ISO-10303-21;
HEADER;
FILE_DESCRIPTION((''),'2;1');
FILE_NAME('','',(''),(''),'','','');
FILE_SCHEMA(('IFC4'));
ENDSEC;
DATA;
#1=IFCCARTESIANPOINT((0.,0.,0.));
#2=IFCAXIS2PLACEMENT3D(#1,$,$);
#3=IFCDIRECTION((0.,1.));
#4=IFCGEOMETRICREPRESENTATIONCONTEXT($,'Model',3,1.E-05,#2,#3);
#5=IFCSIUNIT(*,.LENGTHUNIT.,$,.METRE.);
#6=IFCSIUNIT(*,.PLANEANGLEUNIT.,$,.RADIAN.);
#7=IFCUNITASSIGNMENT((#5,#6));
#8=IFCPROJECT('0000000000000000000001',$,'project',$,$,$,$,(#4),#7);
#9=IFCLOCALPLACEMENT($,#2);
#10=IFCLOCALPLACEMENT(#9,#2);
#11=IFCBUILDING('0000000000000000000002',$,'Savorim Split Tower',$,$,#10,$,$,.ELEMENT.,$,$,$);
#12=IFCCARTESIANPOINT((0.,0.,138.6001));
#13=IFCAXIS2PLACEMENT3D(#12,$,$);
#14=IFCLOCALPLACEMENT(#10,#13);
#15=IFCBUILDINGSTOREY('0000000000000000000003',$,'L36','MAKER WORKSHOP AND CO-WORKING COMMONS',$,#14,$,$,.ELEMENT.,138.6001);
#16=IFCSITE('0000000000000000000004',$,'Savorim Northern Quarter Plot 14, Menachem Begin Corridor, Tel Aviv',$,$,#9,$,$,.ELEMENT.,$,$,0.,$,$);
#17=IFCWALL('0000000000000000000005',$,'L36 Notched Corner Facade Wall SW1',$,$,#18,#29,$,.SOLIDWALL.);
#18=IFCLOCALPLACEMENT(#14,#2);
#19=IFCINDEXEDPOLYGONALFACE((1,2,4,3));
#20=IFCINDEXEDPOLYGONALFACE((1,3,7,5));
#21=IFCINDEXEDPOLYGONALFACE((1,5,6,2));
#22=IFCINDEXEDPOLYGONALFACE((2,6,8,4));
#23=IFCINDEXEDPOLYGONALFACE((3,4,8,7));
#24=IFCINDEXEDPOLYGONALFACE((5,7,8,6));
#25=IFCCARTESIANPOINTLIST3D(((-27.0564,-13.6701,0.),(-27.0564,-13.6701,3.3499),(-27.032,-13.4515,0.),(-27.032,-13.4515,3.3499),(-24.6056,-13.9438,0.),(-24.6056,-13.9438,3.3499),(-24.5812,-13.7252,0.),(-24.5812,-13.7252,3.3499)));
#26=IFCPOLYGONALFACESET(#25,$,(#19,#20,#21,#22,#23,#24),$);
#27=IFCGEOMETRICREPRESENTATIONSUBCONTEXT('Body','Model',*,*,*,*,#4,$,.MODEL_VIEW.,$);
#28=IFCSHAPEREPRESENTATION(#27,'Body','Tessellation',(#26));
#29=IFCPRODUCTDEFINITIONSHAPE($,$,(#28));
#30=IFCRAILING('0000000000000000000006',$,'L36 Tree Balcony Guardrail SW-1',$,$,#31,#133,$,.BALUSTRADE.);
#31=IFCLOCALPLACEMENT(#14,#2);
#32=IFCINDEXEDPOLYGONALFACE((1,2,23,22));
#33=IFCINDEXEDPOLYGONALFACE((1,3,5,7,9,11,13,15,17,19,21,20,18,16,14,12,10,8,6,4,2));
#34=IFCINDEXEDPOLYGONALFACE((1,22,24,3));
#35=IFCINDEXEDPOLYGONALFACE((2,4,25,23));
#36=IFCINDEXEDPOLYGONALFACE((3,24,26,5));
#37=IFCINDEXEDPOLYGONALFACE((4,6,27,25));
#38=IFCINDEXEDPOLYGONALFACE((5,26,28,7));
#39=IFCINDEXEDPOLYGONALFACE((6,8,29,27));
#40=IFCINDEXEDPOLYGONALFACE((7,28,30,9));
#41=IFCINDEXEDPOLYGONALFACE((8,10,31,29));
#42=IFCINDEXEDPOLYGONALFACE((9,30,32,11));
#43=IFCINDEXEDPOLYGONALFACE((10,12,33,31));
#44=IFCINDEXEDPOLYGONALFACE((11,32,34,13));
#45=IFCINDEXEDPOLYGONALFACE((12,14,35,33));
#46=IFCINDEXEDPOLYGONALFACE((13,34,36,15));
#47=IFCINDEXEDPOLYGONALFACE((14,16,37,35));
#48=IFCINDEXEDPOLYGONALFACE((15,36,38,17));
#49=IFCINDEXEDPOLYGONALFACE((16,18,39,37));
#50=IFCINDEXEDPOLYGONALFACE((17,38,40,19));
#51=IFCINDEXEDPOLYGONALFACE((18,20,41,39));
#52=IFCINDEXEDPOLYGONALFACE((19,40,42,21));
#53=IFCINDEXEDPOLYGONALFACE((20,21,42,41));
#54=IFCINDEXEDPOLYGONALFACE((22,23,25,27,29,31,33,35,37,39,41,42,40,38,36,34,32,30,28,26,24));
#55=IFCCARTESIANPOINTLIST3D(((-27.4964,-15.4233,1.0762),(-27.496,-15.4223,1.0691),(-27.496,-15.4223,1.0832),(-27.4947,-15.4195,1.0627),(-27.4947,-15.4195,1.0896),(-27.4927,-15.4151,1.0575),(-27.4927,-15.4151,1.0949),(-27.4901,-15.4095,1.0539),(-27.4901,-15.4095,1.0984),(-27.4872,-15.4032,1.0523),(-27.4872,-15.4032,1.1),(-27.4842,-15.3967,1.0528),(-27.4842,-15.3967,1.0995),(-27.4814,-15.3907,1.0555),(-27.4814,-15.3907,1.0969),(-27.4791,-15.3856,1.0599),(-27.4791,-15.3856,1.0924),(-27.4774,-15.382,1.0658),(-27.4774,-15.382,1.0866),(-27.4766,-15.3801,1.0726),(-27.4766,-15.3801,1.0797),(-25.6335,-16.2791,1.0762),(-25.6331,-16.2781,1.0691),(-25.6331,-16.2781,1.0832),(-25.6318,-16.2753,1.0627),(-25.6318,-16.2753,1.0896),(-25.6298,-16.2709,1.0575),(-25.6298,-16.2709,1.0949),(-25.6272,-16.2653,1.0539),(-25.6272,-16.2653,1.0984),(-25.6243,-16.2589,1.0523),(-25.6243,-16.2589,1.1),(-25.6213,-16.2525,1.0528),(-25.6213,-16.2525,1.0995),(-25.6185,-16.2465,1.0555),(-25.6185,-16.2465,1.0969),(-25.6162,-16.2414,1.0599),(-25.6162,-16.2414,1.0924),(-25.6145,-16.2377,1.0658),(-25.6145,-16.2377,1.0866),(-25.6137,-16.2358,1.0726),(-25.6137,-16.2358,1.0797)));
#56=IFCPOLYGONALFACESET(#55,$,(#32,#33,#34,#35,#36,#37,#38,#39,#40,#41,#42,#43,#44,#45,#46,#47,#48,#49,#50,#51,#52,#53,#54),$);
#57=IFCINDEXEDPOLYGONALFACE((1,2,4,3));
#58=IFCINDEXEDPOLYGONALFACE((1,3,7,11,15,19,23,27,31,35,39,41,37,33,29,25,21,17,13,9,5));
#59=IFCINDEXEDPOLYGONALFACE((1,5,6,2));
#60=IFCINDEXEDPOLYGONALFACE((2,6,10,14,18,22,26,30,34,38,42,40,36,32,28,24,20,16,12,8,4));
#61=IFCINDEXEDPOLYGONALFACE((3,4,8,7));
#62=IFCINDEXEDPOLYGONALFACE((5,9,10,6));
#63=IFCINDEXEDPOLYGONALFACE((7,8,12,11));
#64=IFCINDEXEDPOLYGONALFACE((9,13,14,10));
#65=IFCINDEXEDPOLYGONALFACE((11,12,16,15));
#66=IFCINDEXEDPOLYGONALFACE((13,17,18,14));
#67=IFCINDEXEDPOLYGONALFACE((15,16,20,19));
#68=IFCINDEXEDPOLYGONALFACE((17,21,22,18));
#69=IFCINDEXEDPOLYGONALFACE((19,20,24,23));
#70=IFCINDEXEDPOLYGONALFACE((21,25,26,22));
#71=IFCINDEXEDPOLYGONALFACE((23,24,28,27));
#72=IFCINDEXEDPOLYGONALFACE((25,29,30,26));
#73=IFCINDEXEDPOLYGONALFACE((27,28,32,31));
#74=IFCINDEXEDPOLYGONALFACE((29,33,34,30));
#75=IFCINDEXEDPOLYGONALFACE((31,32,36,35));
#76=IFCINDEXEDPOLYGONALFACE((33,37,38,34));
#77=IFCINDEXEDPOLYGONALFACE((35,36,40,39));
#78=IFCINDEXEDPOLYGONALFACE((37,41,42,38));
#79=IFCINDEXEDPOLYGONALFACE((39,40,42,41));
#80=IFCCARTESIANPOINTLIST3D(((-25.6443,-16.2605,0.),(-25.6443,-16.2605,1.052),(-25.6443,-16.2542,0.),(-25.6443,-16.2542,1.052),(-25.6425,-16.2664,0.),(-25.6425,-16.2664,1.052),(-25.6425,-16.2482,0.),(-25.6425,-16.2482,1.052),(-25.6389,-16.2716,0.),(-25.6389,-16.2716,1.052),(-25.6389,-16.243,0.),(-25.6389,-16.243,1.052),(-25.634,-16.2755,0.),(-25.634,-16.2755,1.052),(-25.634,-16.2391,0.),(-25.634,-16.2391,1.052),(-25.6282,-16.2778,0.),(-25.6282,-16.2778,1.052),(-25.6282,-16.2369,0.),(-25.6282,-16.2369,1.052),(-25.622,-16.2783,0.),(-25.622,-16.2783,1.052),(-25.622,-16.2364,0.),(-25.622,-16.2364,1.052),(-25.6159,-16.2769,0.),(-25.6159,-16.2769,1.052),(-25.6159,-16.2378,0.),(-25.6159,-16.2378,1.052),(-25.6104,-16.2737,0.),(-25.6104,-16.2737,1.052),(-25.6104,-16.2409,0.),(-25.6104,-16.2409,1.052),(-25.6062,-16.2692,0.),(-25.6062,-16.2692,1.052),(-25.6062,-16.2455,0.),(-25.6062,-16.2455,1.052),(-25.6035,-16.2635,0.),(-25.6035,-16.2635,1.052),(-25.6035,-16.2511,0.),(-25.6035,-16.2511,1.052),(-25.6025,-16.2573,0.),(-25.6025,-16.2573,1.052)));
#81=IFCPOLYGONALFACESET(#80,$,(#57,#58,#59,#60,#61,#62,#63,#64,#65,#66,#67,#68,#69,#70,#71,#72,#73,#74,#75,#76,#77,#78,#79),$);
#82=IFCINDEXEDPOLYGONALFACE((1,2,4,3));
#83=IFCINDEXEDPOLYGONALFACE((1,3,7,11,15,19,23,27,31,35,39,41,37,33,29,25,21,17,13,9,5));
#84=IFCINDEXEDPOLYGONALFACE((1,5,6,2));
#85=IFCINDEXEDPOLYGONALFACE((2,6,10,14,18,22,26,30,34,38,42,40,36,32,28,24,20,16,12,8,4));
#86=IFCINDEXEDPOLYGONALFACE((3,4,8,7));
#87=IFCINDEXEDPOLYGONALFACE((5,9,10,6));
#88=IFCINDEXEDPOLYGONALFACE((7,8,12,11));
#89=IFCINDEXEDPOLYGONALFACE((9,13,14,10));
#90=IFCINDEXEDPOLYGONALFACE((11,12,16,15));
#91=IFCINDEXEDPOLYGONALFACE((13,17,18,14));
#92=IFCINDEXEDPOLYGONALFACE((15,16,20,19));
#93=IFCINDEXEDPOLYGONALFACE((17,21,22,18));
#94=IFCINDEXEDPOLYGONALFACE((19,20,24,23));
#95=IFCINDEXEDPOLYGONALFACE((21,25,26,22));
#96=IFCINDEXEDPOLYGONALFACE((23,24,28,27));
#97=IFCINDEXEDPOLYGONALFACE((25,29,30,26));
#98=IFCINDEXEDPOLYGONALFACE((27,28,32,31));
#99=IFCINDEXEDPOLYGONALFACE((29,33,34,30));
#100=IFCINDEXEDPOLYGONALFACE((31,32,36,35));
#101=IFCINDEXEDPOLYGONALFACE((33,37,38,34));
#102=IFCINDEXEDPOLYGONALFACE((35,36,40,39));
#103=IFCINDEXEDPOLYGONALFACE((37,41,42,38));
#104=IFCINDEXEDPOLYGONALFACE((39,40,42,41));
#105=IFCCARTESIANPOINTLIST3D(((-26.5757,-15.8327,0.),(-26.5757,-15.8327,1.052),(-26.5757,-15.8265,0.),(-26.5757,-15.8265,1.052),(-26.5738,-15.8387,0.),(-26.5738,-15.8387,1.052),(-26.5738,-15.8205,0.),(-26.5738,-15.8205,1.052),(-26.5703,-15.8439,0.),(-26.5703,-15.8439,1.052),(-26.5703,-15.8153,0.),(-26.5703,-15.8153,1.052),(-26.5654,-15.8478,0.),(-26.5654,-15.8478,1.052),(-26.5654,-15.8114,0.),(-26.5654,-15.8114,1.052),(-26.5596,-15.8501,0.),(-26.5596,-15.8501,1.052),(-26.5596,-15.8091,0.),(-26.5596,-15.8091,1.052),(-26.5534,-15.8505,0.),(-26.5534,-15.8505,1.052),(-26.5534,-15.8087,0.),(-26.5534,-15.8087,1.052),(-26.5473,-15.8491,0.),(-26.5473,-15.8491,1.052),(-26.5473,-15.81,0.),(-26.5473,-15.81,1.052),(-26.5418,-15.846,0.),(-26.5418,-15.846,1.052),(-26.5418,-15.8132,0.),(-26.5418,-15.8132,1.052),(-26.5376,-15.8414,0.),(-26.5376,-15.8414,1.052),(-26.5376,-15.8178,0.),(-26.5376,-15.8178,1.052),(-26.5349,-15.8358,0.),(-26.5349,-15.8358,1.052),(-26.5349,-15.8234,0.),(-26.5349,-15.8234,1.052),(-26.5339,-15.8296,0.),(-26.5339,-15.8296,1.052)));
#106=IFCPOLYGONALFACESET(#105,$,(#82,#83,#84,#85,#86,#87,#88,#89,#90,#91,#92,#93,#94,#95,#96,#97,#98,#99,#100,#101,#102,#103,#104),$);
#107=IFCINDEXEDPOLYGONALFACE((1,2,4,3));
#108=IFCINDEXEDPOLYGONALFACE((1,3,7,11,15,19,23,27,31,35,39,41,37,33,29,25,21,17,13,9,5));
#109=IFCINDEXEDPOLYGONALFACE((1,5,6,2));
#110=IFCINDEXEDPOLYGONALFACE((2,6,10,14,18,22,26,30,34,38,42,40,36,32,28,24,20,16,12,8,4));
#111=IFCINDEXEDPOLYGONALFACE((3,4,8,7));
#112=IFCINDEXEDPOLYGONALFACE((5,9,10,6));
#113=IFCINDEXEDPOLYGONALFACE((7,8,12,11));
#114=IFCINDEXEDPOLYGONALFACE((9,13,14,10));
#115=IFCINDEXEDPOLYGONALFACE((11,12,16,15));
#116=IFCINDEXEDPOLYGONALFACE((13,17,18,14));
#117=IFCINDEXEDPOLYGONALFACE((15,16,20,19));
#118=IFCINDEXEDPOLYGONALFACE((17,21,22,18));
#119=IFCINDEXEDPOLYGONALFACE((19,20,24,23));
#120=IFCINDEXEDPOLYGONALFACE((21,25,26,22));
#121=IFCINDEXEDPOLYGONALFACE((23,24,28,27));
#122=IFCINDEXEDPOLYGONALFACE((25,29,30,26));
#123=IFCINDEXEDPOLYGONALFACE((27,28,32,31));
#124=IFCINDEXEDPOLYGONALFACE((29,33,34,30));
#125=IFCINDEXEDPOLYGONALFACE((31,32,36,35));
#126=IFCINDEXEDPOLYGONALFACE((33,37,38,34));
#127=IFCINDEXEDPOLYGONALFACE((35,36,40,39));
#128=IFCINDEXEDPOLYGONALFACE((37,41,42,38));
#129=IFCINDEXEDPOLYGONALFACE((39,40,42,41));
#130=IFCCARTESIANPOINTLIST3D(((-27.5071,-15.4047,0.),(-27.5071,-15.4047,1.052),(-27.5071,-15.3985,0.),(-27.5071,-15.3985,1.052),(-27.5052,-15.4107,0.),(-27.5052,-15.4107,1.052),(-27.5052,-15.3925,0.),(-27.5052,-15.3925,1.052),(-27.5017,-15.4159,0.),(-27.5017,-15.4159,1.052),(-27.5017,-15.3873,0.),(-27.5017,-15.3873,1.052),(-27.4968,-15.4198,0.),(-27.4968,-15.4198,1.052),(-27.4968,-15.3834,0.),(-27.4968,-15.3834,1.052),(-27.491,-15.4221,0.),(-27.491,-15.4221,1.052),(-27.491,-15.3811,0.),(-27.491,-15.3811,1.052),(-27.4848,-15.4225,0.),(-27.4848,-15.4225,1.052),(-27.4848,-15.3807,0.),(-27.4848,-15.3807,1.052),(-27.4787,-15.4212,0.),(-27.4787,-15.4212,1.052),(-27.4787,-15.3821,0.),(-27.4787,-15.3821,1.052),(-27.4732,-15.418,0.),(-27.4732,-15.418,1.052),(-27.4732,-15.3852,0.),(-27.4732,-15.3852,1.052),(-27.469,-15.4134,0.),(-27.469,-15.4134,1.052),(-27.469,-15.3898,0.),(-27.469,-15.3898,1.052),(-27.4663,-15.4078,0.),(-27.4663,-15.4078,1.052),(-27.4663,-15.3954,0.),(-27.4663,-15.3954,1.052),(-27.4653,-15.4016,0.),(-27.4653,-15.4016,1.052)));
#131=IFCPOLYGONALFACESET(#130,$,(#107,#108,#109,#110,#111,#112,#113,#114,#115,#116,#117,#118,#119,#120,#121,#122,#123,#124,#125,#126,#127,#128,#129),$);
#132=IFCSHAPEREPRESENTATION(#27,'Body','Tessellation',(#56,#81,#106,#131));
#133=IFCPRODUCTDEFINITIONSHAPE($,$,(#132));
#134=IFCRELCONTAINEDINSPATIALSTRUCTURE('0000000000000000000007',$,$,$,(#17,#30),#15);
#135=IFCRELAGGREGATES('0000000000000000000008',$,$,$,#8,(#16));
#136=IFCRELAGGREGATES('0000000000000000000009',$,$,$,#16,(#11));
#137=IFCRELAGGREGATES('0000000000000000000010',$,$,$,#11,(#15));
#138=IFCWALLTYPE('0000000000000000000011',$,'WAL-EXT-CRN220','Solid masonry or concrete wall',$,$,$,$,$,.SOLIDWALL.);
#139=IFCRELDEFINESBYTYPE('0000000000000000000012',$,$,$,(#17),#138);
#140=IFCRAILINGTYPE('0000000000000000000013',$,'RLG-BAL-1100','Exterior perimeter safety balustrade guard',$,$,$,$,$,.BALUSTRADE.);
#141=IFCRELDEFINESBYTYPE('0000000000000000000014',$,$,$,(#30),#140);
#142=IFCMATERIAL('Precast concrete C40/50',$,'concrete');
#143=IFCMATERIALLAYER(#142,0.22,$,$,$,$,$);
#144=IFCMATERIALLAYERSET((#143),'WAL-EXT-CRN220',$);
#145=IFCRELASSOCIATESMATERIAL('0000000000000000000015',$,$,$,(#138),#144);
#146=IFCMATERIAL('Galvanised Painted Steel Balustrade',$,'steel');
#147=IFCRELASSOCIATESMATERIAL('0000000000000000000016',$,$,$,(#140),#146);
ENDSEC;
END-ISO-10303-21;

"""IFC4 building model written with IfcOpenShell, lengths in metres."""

from ifc_helpers import new_model, si_unit, direction, frame, frame_2d, origin, origin_2d, place, context, subcontext, project, spatial, rectangle, circle, extrude, material, layer, layer_set, type_object, element, save


model = new_model("IFC4")

# Units and contexts
model_context = context("Model", 3, precision=1e-05, world=origin(), true_north=direction((0.0, 1.0)))
body_context = subcontext(model_context, "Body", "Model", "MODEL_VIEW")
ifc_project = project(units=[si_unit("LENGTHUNIT", "METRE"), si_unit("PLANEANGLEUNIT", "RADIAN")], contexts=[model_context])

# Site, building, storey
site_placement = place(None, origin())
site = spatial("IfcSite", under=ifc_project, at=site_placement, Name="Savorim Northern Quarter Plot 14, Menachem Begin Corridor, Tel Aviv", CompositionType="ELEMENT", RefElevation=0.0)
building_placement = place(site_placement, origin())
building = spatial("IfcBuilding", under=site, at=building_placement, Name="Savorim Split Tower", CompositionType="ELEMENT")
storey_placement = place(building_placement, frame((0.0, 0.0, 138.6001)))
storey = spatial("IfcBuildingStorey", under=building, at=storey_placement, Name="L36", Description="MAKER WORKSHOP AND CO-WORKING COMMONS", CompositionType="ELEMENT", Elevation=138.6001)

# Wall
ifc_material_1 = material(Name="Precast concrete C40/50", Category="concrete")
ifc_layer_1 = layer(ifc_material_1, 0.22)
ifc_layer_set_1 = layer_set([ifc_layer_1], Name="WAL-EXT-CRN220")
wall_type = type_object("IfcWallType", Name="WAL-EXT-CRN220", Description="Solid masonry or concrete wall", PredefinedType="SOLIDWALL", material=ifc_layer_set_1)
wall_1_placement = place(storey_placement, frame((-24.5935, -13.8345, 0.0), z_axis=(0.0, 0.0, 1.0), x_axis=(-0.993823, 0.110975, 0.0)))
element("IfcWall", 1, at=wall_1_placement, inside=storey, type_object=wall_type, Name="L36 Notched Corner Facade Wall SW1", PredefinedType="SOLIDWALL", context=body_context, shape_type="SweptSolid", body=[
    extrude(rectangle(XDim=2.4661, YDim=0.22, at=frame_2d((1.2329, 0.0))), origin(), (0.0, 0.0, 1.0), 3.3499),
])

# Railing
ifc_material_2 = material(Name="Galvanised Painted Steel Balustrade", Category="steel")
railing_type = type_object("IfcRailingType", Name="RLG-BAL-1100", Description="Exterior perimeter safety balustrade guard", PredefinedType="BALUSTRADE", material=ifc_material_2)
railing_1_placement = place(storey_placement, frame((-25.6235, -16.2573, 0.0)))
element("IfcRailing", 2, at=railing_1_placement, inside=storey, type_object=railing_type, Name="L36 Tree Balcony Guardrail SW-1", PredefinedType="BALUSTRADE", context=body_context, shape_type="SweptSolid", body=[
    extrude(circle(Radius=0.0239, at=origin_2d()), frame((0.0, 0.0, 1.0762), z_axis=(-0.908707, 0.417434, 0.0), x_axis=(-0.417434, -0.908707, 0.0)), (0.0, 0.0, 1.0), 2.05),
    extrude(circle(Radius=0.021, at=origin_2d()), origin(), (0.0, 0.0, 1.0), 1.052),
    extrude(circle(Radius=0.021, at=origin_2d()), frame((-0.9314, 0.4277, 0.0)), (0.0, 0.0, 1.0), 1.052),
    extrude(circle(Radius=0.021, at=origin_2d()), frame((-1.8628, 0.8557, 0.0)), (0.0, 0.0, 1.0), 1.052),
])

save(model, "model.ifc")
